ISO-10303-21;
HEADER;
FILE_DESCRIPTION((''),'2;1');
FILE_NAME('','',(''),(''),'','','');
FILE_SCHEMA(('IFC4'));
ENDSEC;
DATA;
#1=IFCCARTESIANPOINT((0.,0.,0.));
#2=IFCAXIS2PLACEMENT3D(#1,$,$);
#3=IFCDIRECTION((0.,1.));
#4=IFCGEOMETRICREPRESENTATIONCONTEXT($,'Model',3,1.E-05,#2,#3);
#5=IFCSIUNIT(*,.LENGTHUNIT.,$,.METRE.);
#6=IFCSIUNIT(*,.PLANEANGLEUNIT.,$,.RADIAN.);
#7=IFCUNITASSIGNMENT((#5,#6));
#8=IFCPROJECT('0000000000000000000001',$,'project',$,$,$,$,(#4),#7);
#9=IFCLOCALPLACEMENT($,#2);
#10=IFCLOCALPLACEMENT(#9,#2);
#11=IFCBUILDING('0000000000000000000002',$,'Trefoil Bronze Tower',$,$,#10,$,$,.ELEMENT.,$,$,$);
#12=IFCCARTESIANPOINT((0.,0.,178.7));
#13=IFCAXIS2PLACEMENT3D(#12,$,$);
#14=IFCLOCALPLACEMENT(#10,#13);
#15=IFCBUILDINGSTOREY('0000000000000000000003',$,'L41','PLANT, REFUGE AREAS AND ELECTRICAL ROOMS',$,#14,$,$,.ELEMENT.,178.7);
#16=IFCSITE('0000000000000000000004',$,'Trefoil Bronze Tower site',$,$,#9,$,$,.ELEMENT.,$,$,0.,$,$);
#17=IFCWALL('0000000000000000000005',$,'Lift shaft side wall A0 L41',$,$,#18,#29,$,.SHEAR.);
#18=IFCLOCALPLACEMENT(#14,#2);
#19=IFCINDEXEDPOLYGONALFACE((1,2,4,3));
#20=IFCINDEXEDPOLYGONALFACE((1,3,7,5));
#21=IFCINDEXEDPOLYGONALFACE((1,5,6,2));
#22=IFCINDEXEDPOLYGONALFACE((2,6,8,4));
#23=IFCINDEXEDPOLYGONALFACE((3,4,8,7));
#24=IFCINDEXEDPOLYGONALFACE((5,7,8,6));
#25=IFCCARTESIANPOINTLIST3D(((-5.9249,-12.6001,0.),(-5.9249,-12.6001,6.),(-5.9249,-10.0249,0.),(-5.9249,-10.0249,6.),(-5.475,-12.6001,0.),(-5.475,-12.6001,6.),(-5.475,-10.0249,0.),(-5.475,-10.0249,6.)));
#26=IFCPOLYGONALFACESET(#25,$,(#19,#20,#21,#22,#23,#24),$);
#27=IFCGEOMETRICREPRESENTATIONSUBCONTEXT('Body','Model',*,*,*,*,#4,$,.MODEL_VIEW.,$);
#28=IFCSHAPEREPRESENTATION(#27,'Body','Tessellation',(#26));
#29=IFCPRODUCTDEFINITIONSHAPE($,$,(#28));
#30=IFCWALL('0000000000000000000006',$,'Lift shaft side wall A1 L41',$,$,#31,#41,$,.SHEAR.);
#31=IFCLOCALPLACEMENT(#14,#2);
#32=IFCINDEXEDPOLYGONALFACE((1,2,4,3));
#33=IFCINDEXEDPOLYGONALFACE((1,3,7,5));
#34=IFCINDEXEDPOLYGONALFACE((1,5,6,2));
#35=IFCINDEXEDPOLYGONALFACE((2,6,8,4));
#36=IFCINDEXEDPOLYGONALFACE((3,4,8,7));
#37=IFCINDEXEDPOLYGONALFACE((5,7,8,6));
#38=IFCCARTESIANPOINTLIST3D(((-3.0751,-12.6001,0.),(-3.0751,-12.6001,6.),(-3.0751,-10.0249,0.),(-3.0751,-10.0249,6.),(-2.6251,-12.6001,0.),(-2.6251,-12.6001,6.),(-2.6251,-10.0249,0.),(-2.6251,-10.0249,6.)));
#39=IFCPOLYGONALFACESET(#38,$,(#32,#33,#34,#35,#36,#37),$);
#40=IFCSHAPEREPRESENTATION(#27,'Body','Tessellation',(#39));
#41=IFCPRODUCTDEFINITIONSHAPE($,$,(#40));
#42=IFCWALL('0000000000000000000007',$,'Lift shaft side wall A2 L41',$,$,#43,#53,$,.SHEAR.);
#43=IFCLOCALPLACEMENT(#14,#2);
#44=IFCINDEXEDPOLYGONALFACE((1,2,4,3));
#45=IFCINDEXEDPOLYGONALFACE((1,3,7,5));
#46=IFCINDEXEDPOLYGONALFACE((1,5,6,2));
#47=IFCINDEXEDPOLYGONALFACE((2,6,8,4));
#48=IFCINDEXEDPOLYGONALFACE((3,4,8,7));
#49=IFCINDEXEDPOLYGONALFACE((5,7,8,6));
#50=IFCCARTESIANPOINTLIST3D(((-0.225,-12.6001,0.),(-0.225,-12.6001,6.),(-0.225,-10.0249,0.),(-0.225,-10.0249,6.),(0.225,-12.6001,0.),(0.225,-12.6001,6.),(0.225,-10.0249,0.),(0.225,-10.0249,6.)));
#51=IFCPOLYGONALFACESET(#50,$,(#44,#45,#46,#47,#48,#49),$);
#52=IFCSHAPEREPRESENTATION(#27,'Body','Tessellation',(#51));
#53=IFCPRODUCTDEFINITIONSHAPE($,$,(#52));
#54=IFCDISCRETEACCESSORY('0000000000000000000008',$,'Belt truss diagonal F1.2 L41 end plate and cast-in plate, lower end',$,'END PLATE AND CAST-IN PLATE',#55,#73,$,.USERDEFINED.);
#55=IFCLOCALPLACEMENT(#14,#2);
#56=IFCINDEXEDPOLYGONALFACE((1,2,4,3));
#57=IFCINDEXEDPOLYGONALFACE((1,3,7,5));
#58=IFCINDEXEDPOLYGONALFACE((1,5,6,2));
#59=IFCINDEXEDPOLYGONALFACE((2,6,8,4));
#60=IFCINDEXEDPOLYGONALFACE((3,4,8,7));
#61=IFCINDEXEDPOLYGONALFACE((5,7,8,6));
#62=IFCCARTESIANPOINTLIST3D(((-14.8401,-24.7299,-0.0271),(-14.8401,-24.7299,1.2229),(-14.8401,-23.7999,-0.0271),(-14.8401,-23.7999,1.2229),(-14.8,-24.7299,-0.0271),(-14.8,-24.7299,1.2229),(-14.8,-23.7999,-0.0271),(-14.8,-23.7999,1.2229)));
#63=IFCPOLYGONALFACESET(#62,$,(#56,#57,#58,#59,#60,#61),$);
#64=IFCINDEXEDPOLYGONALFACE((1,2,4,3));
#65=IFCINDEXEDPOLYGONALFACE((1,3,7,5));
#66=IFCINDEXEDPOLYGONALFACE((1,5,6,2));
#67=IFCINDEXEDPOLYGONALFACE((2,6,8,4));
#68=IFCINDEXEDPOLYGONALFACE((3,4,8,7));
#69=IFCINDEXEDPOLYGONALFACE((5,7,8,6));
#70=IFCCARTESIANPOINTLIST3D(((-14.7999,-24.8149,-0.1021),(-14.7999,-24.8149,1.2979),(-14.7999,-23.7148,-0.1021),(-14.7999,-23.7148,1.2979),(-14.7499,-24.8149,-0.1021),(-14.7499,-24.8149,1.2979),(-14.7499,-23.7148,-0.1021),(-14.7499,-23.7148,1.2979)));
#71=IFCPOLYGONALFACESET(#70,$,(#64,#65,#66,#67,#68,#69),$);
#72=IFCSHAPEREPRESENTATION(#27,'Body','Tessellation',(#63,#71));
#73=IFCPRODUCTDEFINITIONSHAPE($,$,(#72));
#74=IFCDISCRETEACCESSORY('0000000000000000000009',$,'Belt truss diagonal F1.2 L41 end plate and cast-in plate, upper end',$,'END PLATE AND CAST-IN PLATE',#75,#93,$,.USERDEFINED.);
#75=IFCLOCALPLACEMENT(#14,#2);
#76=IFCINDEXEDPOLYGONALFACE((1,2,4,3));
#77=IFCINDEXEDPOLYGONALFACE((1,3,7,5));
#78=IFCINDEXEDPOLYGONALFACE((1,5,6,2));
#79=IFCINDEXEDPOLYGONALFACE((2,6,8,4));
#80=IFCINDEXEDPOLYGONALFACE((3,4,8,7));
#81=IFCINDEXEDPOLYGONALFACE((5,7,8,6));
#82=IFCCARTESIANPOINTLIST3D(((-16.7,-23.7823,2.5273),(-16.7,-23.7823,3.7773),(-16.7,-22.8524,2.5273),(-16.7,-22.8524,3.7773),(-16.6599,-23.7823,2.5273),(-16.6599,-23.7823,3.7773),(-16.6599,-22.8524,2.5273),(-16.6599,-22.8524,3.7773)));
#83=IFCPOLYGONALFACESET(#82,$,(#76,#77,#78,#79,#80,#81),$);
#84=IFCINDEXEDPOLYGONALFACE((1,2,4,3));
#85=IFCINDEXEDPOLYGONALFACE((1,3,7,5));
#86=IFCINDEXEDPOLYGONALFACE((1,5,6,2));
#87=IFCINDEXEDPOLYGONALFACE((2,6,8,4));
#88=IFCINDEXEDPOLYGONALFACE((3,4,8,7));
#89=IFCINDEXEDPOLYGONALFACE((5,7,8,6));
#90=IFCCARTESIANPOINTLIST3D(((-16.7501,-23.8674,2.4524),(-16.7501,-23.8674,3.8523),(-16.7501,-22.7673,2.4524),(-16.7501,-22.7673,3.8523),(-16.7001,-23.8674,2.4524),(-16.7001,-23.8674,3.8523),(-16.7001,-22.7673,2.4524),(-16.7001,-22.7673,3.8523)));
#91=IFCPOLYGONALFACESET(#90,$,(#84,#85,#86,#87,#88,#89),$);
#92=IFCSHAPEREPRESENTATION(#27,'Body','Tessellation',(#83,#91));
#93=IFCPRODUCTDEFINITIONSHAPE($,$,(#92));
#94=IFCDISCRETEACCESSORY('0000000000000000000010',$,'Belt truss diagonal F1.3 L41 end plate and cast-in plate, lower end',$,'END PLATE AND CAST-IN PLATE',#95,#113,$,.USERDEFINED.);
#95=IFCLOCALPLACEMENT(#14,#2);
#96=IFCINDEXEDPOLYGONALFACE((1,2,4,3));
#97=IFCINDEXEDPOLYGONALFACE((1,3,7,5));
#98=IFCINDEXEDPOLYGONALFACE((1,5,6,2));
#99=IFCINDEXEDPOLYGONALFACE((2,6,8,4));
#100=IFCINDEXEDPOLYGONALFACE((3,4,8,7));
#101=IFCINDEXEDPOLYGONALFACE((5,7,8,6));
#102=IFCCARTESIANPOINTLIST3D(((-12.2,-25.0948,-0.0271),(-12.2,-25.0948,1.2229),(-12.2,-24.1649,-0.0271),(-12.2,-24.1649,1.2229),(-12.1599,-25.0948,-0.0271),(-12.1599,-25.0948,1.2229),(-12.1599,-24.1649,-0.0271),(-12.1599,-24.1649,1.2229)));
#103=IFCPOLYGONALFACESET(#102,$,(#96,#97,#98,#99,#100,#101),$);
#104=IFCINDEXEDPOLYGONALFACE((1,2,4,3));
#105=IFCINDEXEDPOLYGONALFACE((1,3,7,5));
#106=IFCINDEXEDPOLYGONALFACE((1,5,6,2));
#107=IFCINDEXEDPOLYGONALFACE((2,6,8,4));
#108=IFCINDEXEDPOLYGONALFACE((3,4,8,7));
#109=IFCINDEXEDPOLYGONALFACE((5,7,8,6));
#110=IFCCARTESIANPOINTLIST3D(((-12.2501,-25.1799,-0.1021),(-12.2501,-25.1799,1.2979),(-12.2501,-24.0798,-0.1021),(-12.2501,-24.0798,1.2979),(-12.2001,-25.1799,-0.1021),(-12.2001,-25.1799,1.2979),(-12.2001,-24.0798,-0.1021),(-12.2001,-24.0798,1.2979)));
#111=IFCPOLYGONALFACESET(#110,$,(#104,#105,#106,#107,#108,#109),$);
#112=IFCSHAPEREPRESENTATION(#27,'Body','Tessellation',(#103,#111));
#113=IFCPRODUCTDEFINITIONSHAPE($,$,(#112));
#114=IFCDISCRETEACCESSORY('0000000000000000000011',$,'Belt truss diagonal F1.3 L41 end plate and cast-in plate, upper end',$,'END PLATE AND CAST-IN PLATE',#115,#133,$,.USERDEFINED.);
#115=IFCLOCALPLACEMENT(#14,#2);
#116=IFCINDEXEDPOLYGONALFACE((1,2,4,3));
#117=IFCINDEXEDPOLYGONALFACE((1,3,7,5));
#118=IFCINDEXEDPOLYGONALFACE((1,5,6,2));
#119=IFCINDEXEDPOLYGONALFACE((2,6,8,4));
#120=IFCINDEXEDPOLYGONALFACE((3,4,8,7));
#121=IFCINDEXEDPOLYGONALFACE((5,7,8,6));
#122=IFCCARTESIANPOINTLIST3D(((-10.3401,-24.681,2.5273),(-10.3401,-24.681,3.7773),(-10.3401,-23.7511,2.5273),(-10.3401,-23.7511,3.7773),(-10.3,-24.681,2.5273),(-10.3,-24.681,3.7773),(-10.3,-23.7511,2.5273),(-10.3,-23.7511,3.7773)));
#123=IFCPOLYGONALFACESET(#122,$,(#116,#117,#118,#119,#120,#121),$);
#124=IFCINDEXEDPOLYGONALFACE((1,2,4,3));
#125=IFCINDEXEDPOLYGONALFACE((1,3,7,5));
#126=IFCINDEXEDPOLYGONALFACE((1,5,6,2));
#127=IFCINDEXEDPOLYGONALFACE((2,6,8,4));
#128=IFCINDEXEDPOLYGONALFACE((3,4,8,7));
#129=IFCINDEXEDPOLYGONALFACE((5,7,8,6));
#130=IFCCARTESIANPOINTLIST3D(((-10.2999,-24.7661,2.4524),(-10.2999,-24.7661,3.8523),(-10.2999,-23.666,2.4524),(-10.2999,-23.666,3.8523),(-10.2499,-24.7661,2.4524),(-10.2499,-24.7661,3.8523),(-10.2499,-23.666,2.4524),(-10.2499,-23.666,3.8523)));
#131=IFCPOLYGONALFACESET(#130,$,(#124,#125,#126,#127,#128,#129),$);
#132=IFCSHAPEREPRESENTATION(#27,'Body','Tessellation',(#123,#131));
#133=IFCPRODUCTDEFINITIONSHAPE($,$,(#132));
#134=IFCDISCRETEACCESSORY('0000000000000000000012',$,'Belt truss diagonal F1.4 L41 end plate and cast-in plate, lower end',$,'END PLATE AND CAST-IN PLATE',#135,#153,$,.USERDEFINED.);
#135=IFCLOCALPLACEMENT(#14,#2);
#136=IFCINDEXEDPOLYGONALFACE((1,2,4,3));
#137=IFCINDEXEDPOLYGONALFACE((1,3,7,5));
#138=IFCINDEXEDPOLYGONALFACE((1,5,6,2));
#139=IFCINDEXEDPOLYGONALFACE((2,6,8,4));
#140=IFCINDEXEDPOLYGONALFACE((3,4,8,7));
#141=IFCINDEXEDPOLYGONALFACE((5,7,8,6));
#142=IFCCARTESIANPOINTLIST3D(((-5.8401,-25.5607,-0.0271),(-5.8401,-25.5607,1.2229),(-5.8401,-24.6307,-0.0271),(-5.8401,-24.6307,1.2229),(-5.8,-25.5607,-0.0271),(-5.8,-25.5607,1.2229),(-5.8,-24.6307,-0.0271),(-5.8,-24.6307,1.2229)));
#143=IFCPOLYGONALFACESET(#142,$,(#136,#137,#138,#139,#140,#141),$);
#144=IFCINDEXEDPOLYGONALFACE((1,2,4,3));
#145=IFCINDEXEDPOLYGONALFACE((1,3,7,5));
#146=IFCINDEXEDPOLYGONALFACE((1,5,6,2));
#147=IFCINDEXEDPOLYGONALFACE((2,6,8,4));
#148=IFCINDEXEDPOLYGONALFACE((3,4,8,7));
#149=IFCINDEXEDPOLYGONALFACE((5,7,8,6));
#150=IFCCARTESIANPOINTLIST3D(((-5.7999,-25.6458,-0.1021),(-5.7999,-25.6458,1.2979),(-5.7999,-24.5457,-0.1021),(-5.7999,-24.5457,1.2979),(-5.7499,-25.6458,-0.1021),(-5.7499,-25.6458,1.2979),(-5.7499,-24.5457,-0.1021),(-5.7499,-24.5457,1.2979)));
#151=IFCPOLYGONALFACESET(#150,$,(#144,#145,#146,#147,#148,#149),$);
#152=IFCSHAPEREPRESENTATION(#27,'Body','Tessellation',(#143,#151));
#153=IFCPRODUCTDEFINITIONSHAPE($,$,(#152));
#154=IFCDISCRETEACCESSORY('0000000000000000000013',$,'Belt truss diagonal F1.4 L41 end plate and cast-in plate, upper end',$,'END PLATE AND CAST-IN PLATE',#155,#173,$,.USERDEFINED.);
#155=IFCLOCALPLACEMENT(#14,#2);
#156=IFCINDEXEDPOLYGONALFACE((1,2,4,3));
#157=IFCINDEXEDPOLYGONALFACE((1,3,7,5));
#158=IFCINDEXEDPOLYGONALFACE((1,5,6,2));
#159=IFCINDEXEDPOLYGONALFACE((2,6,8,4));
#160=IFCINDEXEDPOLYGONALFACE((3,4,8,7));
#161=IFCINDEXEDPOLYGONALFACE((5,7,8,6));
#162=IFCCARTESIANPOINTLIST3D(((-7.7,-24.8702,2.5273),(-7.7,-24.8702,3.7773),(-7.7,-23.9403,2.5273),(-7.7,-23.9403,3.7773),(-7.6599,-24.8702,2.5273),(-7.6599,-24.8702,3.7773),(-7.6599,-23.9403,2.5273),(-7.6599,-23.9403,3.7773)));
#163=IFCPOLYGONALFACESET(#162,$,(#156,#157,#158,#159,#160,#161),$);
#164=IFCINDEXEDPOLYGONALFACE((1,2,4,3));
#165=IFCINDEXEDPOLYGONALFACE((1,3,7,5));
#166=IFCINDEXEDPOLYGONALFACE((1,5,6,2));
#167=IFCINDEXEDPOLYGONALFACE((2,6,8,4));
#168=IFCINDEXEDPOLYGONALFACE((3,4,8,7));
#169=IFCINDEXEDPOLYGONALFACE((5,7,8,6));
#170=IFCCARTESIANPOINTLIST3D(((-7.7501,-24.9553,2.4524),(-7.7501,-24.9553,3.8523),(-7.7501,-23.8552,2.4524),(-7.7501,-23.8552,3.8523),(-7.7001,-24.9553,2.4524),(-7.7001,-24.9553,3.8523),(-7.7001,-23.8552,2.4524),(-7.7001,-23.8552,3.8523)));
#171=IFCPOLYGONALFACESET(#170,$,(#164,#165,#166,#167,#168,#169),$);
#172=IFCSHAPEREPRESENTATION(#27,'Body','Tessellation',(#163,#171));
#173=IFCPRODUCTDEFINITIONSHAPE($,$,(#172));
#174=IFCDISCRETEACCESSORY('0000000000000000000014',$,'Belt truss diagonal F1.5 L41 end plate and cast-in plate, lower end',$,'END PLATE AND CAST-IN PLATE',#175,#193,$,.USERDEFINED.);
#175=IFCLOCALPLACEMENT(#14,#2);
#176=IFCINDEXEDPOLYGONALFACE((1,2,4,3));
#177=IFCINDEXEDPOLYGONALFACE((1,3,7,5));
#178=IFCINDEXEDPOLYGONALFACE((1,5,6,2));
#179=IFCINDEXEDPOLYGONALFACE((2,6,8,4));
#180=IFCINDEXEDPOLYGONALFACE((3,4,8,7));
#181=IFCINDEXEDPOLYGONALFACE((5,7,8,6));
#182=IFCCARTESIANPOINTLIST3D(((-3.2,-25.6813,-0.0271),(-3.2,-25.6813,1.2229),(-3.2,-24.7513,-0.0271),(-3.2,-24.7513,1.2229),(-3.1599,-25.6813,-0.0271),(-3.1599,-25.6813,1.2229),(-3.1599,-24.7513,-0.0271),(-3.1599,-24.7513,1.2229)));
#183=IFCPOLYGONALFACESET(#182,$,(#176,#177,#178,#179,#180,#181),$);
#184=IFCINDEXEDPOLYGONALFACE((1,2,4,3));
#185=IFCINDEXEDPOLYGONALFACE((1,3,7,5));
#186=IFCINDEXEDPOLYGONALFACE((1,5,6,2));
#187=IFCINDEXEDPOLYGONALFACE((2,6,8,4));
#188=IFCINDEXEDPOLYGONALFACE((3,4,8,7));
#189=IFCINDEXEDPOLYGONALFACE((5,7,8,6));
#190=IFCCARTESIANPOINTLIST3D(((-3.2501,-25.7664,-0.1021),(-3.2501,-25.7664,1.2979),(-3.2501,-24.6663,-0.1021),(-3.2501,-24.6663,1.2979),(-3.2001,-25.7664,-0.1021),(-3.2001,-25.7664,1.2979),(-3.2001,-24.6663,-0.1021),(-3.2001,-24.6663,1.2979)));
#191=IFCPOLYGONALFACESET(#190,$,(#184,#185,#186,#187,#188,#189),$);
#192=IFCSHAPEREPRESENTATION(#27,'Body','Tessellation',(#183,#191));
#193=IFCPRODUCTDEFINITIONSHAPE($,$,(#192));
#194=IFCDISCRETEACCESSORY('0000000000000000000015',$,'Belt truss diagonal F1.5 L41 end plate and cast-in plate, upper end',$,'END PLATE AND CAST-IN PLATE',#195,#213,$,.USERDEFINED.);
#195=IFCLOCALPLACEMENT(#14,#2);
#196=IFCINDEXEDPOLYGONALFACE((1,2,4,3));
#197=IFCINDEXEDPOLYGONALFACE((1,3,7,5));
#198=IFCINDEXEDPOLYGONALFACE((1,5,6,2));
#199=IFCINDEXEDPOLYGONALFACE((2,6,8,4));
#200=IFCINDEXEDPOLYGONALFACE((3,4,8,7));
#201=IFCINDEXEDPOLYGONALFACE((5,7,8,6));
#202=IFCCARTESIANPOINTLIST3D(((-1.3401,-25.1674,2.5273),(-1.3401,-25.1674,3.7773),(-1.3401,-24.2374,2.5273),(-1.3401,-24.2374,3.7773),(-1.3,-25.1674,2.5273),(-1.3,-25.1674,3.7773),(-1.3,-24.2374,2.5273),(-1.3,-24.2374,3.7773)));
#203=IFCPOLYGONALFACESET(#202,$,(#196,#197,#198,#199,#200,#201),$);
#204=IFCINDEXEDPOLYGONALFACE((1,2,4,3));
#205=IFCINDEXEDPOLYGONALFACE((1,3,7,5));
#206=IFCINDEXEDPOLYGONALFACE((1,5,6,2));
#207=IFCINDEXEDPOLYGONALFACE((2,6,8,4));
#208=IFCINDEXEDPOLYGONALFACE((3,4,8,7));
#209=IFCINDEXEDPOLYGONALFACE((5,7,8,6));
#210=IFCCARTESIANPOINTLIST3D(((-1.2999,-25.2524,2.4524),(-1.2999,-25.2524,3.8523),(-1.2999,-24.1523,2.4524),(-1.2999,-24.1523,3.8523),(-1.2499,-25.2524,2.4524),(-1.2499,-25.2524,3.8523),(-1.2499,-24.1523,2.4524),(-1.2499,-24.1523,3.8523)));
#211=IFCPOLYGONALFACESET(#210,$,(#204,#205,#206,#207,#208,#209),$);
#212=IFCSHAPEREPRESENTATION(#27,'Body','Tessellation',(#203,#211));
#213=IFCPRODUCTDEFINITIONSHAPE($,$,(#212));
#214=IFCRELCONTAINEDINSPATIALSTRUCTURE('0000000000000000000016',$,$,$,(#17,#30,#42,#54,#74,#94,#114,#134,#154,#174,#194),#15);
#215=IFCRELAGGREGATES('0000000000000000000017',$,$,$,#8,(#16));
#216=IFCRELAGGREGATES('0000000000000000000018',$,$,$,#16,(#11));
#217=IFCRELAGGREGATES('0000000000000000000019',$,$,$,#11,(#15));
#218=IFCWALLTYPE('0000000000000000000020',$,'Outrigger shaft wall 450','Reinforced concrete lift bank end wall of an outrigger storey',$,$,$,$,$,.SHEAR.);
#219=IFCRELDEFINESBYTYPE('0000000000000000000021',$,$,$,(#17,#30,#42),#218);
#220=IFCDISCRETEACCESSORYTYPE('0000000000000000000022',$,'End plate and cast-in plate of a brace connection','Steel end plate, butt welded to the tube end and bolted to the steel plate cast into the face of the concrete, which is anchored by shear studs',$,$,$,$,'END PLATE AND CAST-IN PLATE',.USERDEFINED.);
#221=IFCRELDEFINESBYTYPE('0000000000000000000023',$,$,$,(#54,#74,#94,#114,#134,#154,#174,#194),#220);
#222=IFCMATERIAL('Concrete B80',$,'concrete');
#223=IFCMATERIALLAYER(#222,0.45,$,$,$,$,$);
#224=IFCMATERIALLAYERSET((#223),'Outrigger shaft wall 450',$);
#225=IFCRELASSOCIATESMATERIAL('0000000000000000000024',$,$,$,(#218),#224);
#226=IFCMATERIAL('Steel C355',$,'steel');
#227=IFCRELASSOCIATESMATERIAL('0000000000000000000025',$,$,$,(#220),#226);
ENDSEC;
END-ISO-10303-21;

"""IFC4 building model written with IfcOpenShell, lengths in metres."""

from ifc_helpers import new_model, si_unit, direction, frame, frame_2d, origin, origin_2d, place, context, subcontext, project, spatial, rectangle, extrude, material, layer, layer_set, type_object, element, save


model = new_model("IFC4")

# Units and contexts
model_context = context("Model", 3, precision=1e-05, world=origin(), true_north=direction((0.0, 1.0)))
body_context = subcontext(model_context, "Body", "Model", "MODEL_VIEW")
ifc_project = project(units=[si_unit("LENGTHUNIT", "METRE"), si_unit("PLANEANGLEUNIT", "RADIAN")], contexts=[model_context])

# Site, building, storey
site_placement = place(None, origin())
site = spatial("IfcSite", under=ifc_project, at=site_placement, Name="Trefoil Bronze Tower site", CompositionType="ELEMENT", RefElevation=0.0)
building_placement = place(site_placement, origin())
building = spatial("IfcBuilding", under=site, at=building_placement, Name="Trefoil Bronze Tower", CompositionType="ELEMENT")
storey_placement = place(building_placement, frame((0.0, 0.0, 178.7)))
storey = spatial("IfcBuildingStorey", under=building, at=storey_placement, Name="L41", Description="PLANT, REFUGE AREAS AND ELECTRICAL ROOMS", CompositionType="ELEMENT", Elevation=178.7)

# Walls
ifc_material_1 = material(Name="Concrete B80", Category="concrete")
ifc_layer_1 = layer(ifc_material_1, 0.45)
ifc_layer_set_1 = layer_set([ifc_layer_1], Name="Outrigger shaft wall 450")
wall_type_1 = type_object("IfcWallType", Name="Outrigger shaft wall 450", Description="Reinforced concrete lift bank end wall of an outrigger storey", PredefinedType="SHEAR", material=ifc_layer_set_1)
for number, where, z_axis, x_axis, name in (
    (1, (-5.7, -10.0249, 0.0), (0.0, 0.0, 1.0), (0.0, -1.0, 0.0), "Lift shaft side wall A0 L41"),
    (2, (-2.8501, -10.0249, 0.0), (0.0, 0.0, 1.0), (0.0, -1.0, 0.0), "Lift shaft side wall A1 L41"),
    (3, (0.0, -10.0249, 0.0), (0.0, 0.0, 1.0), (0.0, -1.0, 0.0), "Lift shaft side wall A2 L41"),
):
    element("IfcWall", number, at=place(storey_placement, frame(where, z_axis=z_axis, x_axis=x_axis)), inside=storey, type_object=wall_type_1, Name=name, PredefinedType="SHEAR", context=body_context, shape_type="SweptSolid", body=[
        extrude(rectangle(XDim=2.5752, YDim=0.45, at=frame_2d((1.2876, 0.0))), origin(), (0.0, 0.0, 1.0), 6.0),
    ])

# Discrete accessories
ifc_material_2 = material(Name="Steel C355", Category="steel")
discrete_accessory_type = type_object("IfcDiscreteAccessoryType", Name="End plate and cast-in plate of a brace connection", Description="Steel end plate, butt welded to the tube end and bolted to the steel plate cast into the face of the concrete, which is anchored by shear studs", ElementType="END PLATE AND CAST-IN PLATE", PredefinedType="USERDEFINED", material=ifc_material_2)
for number, where, z_axis, x_axis, name in (
    (4, (-14.8, -24.2649, 0.5979), (0.0, 0.0, 1.0), (-1.0, 0.0, 0.0), "Belt truss diagonal F1.2 L41 end plate and cast-in plate, lower end"),
    (5, (-16.7, -23.3174, 3.1523), (0.0, 0.0, 1.0), (1.0, 0.0, 0.0), "Belt truss diagonal F1.2 L41 end plate and cast-in plate, upper end"),
    (6, (-12.2, -24.6299, 0.5979), (0.0, 0.0, 1.0), (1.0, 0.0, 0.0), "Belt truss diagonal F1.3 L41 end plate and cast-in plate, lower end"),
    (7, (-10.3, -24.2161, 3.1523), (0.0, 0.0, 1.0), (-1.0, 0.0, 0.0), "Belt truss diagonal F1.3 L41 end plate and cast-in plate, upper end"),
    (8, (-5.8, -25.0957, 0.5979), (0.0, 0.0, 1.0), (-1.0, 0.0, 0.0), "Belt truss diagonal F1.4 L41 end plate and cast-in plate, lower end"),
    (9, (-7.7, -24.4053, 3.1523), (0.0, 0.0, 1.0), (1.0, 0.0, 0.0), "Belt truss diagonal F1.4 L41 end plate and cast-in plate, upper end"),
    (10, (-3.2, -25.2163, 0.5979), (0.0, 0.0, 1.0), (1.0, 0.0, 0.0), "Belt truss diagonal F1.5 L41 end plate and cast-in plate, lower end"),
    (11, (-1.3, -24.7024, 3.1523), (0.0, 0.0, 1.0), (-1.0, 0.0, 0.0), "Belt truss diagonal F1.5 L41 end plate and cast-in plate, upper end"),
):
    element("IfcDiscreteAccessory", number, at=place(storey_placement, frame(where, z_axis=z_axis, x_axis=x_axis)), inside=storey, type_object=discrete_accessory_type, Name=name, ObjectType="END PLATE AND CAST-IN PLATE", PredefinedType="USERDEFINED", context=body_context, shape_type="SweptSolid", body=[
        extrude(rectangle(XDim=0.04, YDim=0.9299, at=origin_2d()), frame((0.02, 0.0, -0.625)), (0.0, 0.0, 1.0), 1.25),
        extrude(rectangle(XDim=0.05, YDim=1.1001, at=origin_2d()), frame((-0.0251, 0.0, -0.7)), (0.0, 0.0, 1.0), 1.3999),
    ])

save(model, "model.ifc")
